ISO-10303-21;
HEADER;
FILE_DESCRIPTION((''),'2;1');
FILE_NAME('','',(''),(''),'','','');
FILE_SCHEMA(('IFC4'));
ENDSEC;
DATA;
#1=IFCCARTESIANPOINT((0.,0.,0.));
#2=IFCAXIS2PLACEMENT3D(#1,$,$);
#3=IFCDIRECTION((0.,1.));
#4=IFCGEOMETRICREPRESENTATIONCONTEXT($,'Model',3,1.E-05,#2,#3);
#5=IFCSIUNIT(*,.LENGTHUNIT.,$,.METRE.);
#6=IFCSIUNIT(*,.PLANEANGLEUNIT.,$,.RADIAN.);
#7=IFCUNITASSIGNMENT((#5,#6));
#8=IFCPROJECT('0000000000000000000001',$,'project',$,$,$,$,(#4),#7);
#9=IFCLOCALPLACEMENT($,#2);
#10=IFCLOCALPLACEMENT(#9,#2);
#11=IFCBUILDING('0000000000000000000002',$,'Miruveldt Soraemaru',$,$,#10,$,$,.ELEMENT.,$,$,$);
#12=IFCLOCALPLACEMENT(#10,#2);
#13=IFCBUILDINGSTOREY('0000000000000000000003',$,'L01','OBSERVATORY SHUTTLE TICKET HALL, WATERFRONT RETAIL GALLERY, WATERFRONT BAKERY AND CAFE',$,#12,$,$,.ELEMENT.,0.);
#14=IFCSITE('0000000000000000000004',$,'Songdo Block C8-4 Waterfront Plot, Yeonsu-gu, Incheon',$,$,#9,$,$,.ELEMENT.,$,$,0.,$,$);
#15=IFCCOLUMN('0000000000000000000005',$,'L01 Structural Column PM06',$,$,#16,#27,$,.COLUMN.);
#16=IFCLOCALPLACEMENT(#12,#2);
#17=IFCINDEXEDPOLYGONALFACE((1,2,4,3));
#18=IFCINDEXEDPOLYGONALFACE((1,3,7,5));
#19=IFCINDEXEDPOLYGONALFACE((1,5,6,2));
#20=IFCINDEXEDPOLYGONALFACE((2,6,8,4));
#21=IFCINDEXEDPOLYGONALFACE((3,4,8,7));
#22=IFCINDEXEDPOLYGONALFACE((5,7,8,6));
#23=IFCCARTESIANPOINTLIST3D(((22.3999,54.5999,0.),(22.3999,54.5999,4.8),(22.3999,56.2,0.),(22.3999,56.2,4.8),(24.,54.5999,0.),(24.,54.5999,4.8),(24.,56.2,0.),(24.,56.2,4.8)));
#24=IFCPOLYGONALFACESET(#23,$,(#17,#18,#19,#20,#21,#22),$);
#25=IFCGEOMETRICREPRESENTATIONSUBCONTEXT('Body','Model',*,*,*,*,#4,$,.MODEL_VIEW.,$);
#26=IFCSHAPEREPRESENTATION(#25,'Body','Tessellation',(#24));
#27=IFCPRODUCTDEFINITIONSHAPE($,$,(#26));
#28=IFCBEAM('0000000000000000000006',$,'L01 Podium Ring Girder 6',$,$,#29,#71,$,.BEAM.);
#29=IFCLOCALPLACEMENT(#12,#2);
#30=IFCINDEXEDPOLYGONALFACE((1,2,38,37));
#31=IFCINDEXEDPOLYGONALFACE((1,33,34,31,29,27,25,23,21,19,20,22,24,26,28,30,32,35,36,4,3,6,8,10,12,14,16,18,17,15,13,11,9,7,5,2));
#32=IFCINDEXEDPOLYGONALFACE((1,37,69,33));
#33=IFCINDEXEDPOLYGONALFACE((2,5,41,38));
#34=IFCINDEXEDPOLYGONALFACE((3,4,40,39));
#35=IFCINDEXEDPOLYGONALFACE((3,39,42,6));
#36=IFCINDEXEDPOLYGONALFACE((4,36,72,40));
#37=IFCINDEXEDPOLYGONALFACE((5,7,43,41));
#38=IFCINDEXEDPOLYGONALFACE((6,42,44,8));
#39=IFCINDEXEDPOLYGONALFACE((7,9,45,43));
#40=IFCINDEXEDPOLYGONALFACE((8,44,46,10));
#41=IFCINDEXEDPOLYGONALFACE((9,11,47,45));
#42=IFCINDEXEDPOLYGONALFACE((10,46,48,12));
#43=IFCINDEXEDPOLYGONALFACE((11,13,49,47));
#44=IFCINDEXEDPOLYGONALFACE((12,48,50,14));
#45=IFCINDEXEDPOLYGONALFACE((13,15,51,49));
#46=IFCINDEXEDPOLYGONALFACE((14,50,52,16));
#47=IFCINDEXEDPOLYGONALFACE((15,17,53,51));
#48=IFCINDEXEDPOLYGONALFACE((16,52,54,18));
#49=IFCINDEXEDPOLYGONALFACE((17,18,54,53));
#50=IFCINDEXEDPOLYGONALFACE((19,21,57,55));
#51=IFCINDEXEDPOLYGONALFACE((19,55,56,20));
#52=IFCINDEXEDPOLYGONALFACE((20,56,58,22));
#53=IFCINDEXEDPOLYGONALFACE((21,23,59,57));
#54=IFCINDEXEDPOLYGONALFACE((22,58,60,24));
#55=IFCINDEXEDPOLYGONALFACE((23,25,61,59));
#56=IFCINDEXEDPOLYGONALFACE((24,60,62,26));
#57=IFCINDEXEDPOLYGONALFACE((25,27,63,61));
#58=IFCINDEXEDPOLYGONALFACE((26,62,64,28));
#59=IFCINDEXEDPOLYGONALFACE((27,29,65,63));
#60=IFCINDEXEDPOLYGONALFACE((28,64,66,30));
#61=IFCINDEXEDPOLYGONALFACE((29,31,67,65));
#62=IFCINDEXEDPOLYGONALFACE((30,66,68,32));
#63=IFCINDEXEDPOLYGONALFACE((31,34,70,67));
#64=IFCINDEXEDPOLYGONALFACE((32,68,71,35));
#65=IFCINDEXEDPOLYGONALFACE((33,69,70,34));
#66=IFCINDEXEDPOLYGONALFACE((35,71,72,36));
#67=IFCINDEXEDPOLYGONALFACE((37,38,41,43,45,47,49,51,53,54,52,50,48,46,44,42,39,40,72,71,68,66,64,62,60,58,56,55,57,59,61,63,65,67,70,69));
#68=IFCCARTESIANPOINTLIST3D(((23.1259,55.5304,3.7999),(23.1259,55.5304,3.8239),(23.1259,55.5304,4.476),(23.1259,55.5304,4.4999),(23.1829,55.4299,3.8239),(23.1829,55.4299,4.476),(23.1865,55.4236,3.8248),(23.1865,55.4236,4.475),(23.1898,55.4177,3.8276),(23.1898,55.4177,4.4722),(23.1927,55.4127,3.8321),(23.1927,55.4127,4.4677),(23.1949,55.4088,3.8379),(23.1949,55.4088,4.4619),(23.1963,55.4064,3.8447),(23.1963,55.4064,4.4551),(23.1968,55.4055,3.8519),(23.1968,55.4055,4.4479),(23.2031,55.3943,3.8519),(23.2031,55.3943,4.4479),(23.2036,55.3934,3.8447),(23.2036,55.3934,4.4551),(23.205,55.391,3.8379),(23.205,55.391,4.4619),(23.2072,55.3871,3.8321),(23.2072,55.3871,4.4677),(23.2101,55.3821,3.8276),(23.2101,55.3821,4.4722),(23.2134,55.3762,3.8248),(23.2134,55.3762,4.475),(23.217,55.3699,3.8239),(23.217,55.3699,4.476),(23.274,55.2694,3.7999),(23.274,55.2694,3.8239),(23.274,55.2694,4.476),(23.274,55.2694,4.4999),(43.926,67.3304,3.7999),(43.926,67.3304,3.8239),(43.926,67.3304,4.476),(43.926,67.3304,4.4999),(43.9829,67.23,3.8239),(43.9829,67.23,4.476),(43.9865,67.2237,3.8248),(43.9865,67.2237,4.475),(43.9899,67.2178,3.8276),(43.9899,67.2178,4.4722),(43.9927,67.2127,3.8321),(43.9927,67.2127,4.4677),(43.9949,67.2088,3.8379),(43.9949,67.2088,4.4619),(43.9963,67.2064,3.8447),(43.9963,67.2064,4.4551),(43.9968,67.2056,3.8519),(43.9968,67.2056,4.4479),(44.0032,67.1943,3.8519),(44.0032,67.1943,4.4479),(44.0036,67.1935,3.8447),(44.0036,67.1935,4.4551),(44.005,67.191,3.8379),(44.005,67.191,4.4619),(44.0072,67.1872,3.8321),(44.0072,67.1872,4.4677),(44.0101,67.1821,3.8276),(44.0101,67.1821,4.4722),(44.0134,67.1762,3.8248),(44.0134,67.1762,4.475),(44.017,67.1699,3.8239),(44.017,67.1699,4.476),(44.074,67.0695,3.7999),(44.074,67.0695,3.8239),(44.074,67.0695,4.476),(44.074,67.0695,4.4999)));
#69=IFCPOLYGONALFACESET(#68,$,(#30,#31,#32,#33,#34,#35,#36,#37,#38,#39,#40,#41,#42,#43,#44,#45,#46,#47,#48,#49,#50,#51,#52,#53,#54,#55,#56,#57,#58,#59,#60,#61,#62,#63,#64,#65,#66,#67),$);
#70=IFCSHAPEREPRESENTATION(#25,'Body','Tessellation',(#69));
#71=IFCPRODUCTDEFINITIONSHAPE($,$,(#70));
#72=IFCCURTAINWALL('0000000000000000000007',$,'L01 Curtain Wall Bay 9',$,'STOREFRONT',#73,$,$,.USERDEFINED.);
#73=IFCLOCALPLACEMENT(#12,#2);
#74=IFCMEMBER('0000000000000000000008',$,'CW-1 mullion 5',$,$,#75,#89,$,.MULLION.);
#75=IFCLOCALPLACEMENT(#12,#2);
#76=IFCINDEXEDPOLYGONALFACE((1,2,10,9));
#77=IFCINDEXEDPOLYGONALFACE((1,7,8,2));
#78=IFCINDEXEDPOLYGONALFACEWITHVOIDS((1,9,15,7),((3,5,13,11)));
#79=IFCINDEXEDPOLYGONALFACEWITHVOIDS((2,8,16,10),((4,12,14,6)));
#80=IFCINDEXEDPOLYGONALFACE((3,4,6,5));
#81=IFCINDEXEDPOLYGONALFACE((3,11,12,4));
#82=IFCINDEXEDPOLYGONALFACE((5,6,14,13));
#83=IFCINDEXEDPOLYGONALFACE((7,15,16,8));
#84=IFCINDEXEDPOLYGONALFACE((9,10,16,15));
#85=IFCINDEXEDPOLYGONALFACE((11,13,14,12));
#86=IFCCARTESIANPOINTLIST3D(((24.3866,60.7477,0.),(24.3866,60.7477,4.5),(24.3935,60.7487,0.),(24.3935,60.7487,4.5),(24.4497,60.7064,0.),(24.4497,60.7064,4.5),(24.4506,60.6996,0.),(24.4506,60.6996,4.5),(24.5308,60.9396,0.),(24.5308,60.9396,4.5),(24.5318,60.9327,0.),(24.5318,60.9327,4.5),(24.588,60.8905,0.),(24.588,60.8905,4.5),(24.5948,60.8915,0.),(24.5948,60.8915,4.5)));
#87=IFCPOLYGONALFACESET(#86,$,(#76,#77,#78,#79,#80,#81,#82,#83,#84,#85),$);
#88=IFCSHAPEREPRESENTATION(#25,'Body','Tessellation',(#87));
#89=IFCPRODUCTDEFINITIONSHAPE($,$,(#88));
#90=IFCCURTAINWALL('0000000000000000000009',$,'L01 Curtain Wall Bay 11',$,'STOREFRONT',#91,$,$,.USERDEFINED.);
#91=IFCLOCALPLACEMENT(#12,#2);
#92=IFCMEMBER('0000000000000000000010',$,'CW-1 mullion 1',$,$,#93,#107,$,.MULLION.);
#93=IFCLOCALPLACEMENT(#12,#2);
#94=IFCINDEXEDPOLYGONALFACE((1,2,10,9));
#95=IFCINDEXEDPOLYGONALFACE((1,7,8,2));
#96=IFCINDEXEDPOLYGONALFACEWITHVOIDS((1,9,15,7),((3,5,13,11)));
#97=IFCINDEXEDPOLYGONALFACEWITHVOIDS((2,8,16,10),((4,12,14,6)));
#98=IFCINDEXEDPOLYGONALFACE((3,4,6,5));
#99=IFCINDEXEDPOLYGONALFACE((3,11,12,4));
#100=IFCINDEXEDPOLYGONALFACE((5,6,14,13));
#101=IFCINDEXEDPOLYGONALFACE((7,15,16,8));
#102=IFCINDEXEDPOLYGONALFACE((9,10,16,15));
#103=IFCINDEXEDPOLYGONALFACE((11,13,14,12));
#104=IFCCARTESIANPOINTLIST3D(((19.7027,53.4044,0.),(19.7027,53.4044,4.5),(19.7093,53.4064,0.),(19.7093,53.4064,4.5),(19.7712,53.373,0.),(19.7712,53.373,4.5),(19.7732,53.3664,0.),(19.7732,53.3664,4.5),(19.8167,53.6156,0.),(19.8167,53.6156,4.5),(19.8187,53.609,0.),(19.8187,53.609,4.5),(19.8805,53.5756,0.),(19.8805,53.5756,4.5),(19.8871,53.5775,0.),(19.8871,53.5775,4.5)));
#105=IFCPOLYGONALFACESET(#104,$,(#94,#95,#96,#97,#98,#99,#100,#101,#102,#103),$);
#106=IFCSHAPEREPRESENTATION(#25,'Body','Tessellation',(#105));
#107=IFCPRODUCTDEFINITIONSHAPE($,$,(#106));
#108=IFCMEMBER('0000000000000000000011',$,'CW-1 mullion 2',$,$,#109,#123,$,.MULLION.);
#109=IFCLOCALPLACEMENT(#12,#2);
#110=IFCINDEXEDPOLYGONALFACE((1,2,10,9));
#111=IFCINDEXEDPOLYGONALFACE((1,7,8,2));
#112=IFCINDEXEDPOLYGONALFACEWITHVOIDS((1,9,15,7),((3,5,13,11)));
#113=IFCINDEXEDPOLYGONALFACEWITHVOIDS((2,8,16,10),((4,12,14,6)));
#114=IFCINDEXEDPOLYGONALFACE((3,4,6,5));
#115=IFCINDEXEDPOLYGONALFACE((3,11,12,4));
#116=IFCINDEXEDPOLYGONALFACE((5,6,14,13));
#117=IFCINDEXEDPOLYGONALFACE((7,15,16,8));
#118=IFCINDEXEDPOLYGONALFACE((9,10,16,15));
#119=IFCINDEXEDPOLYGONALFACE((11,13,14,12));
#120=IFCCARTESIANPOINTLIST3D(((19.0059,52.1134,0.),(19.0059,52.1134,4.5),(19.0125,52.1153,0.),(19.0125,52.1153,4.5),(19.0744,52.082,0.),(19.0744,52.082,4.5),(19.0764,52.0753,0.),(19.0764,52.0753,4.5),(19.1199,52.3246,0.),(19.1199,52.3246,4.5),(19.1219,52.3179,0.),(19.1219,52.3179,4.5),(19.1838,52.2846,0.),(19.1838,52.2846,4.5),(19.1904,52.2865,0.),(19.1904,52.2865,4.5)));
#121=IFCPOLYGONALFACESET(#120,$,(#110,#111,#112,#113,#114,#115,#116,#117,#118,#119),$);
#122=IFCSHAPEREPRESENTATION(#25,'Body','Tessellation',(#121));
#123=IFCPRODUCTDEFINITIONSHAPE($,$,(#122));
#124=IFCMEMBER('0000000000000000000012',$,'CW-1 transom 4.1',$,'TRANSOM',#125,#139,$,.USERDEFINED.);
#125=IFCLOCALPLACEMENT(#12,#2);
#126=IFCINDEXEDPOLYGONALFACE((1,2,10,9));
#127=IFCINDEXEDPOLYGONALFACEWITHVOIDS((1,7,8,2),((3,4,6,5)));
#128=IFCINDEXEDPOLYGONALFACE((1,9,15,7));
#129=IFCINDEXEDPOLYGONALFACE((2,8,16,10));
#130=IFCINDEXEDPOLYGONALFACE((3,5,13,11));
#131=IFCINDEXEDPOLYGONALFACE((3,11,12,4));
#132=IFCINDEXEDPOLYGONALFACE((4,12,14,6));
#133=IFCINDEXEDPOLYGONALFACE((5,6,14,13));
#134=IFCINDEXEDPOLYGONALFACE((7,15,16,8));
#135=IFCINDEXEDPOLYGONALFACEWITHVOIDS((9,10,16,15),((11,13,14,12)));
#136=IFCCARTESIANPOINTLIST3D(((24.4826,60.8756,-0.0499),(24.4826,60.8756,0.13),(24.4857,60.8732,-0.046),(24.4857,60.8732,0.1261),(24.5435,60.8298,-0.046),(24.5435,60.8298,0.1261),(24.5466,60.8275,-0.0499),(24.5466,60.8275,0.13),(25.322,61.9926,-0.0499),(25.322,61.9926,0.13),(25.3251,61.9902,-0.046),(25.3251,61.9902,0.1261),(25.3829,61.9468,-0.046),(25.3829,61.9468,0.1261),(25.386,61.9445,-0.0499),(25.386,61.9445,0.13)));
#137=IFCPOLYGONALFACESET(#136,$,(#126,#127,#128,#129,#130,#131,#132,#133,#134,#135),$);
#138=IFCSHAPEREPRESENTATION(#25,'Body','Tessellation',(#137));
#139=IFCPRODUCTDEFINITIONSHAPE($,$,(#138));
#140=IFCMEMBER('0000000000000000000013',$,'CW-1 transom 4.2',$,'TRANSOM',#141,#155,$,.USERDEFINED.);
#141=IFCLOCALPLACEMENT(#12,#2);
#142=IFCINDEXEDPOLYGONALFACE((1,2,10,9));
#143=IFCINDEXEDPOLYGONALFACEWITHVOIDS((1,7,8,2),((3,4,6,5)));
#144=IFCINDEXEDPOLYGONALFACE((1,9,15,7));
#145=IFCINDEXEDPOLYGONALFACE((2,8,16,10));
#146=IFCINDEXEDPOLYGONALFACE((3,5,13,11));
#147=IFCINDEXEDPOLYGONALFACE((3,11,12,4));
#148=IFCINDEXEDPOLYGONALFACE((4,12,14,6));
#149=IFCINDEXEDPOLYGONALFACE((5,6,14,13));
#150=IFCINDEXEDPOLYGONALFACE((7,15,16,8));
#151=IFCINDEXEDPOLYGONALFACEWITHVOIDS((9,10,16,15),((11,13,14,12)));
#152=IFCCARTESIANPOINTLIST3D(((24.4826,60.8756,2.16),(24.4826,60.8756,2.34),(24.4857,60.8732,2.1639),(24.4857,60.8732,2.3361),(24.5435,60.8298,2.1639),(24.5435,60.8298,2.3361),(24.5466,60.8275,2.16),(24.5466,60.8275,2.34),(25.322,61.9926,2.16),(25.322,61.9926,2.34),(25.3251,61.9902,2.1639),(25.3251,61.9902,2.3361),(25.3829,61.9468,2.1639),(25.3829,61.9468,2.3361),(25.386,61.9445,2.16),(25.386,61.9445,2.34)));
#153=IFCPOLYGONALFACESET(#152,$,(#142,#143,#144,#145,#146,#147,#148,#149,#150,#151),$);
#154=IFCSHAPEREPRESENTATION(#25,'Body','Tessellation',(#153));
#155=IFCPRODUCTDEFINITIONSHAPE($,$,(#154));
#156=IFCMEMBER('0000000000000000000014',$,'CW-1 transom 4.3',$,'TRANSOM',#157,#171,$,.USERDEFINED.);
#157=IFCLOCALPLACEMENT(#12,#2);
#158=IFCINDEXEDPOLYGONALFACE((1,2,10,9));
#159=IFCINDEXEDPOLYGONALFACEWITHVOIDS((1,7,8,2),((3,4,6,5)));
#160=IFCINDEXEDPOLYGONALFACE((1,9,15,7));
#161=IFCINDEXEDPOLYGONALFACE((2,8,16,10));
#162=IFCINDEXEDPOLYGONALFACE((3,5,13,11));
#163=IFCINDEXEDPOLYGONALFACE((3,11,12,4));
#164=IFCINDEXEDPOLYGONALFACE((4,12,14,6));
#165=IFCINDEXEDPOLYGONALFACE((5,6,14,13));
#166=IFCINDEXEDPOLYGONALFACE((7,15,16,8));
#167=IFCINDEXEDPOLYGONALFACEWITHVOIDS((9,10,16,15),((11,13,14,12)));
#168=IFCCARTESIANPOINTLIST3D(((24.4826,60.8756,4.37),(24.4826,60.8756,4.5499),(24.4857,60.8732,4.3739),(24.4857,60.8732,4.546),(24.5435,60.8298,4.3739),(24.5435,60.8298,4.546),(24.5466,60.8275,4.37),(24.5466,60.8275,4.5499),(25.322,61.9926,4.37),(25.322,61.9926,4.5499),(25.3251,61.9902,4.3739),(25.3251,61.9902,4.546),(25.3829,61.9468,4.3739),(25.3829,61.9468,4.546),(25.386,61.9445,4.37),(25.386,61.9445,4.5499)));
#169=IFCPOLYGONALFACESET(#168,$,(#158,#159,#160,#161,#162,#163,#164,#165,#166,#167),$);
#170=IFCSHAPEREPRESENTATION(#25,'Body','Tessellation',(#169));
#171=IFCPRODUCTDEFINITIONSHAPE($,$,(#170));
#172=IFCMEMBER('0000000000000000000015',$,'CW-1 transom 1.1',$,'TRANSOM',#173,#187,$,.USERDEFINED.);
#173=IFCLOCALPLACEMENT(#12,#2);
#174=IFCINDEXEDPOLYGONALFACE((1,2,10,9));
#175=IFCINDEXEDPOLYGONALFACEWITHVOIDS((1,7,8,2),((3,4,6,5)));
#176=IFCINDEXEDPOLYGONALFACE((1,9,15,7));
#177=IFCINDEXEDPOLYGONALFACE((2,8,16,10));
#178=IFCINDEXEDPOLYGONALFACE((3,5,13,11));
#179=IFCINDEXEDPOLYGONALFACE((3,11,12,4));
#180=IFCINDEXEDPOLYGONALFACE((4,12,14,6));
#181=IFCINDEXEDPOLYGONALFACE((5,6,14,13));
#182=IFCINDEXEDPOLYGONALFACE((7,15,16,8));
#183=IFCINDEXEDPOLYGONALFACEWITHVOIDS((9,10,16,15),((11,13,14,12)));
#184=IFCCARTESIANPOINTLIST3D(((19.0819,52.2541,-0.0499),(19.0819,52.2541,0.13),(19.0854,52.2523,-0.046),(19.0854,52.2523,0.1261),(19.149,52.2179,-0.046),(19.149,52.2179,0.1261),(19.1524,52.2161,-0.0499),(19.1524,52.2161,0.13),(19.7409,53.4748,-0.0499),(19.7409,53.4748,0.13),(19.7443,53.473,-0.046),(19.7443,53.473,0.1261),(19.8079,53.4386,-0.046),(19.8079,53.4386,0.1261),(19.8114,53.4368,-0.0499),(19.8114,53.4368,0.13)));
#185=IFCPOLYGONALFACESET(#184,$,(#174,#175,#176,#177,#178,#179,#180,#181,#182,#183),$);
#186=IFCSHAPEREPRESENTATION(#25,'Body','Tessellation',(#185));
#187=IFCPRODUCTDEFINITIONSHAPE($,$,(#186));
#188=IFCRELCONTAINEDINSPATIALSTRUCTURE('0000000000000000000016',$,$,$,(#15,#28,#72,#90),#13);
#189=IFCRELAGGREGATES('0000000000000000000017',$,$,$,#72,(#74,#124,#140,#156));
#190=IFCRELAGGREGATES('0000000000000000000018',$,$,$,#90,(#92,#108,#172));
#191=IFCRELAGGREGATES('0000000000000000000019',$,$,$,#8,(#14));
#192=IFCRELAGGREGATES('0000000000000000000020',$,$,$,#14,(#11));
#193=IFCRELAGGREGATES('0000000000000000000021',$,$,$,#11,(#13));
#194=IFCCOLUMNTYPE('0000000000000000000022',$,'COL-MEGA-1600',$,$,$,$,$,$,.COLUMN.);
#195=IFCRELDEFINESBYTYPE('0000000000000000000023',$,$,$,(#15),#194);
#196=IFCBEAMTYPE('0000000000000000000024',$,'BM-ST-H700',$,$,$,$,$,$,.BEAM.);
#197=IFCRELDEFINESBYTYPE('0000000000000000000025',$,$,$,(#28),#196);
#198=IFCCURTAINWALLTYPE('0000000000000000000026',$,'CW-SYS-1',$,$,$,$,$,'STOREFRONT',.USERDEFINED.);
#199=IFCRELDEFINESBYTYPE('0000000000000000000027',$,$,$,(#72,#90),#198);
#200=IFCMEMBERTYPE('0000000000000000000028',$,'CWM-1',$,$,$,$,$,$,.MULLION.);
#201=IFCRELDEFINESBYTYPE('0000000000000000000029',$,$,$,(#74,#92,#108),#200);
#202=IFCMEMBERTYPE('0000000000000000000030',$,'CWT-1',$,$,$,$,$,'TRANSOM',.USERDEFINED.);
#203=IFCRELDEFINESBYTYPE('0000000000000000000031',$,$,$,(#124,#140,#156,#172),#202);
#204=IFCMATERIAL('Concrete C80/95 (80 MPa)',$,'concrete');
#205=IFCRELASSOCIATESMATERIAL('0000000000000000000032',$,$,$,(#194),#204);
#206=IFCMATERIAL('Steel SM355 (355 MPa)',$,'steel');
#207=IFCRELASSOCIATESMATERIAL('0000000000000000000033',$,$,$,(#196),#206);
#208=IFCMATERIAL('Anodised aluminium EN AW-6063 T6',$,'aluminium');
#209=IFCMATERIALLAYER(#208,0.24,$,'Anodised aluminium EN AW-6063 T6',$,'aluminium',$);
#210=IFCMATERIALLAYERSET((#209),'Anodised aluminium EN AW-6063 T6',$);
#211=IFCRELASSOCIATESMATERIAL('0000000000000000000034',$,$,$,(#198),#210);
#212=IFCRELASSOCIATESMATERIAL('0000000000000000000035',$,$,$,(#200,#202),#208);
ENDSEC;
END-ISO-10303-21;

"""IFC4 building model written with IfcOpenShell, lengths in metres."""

from ifc_helpers import new_model, si_unit, direction, frame, origin, origin_2d, place, context, subcontext, project, spatial, rectangle, hollow_rectangle, i_section, extrude, material, layer, layer_set, material_profile, profile_set, type_object, element, aggregate, save


model = new_model("IFC4")

# Units and contexts
model_context = context("Model", 3, precision=1e-05, world=origin(), true_north=direction((0.0, 1.0)))
body_context = subcontext(model_context, "Body", "Model", "MODEL_VIEW")
ifc_project = project(units=[si_unit("LENGTHUNIT", "METRE"), si_unit("PLANEANGLEUNIT", "RADIAN")], contexts=[model_context])

# Site, building, storey
site_placement = place(None, origin())
site = spatial("IfcSite", under=ifc_project, at=site_placement, Name="Songdo Block C8-4 Waterfront Plot, Yeonsu-gu, Incheon", CompositionType="ELEMENT", RefElevation=0.0)
building_placement = place(site_placement, origin())
building = spatial("IfcBuilding", under=site, at=building_placement, Name="Miruveldt Soraemaru", CompositionType="ELEMENT")
storey_placement = place(building_placement, origin())
storey = spatial("IfcBuildingStorey", under=building, at=storey_placement, Name="L01", Description="OBSERVATORY SHUTTLE TICKET HALL, WATERFRONT RETAIL GALLERY, WATERFRONT BAKERY AND CAFE", CompositionType="ELEMENT", Elevation=0.0)

# Column
ifc_material_1 = material(Name="Concrete C80/95 (80 MPa)", Category="concrete")
ifc_material_profile_1 = material_profile(ifc_material_1, rectangle(XDim=1.6001, YDim=1.6001, at=origin_2d()), Name="Concrete C80/95 (80 MPa)", Category="concrete")
ifc_profile_set_1 = profile_set([ifc_material_profile_1], Name="Concrete C80/95 (80 MPa)")
column_type = type_object("IfcColumnType", Name="COL-MEGA-1600", PredefinedType="COLUMN", material=ifc_profile_set_1)
column_placement = place(storey_placement, frame((23.2, 55.3999, 0.0), z_axis=(0.0, 0.0, 1.0), x_axis=(1.0, 0.0, 0.0)))
element("IfcColumn", 1, at=column_placement, inside=storey, type_object=column_type, Name="L01 Structural Column PM06", PredefinedType="COLUMN", context=body_context, shape_type="SweptSolid", body=[
    extrude(rectangle(XDim=1.6001, YDim=1.6001, at=origin_2d()), origin(), (0.0, 0.0, 1.0), 4.8),
])

# Beam
ifc_material_2 = material(Name="Steel SM355 (355 MPa)", Category="steel")
ifc_material_profile_2 = material_profile(ifc_material_2, i_section(OverallWidth=0.3, OverallDepth=0.7, WebThickness=0.0129, FlangeThickness=0.0239, FilletRadius=0.0281, at=origin_2d()), Name="Steel SM355 (355 MPa)", Category="steel")
ifc_profile_set_2 = profile_set([ifc_material_profile_2], Name="Steel SM355 (355 MPa)")
beam_type = type_object("IfcBeamType", Name="BM-ST-H700", PredefinedType="BEAM", material=ifc_profile_set_2)
beam_placement = place(storey_placement, frame((23.2, 55.3999, 4.1499), z_axis=(0.869783, 0.493435, 0.0), x_axis=(-0.493435, 0.869783, 0.0)))
element("IfcBeam", 2, at=beam_placement, inside=storey, type_object=beam_type, Name="L01 Podium Ring Girder 6", PredefinedType="BEAM", context=body_context, shape_type="SweptSolid", body=[
    extrude(i_section(OverallWidth=0.3, OverallDepth=0.7, WebThickness=0.0129, FlangeThickness=0.0239, FilletRadius=0.0281, at=origin_2d()), origin(), (0.0, 0.0, 1.0), 23.9141),
])

# Curtain wall, member
ifc_material_3 = material(Name="Anodised aluminium EN AW-6063 T6", Category="aluminium")
ifc_layer_1 = layer(ifc_material_3, 0.24, Name="Anodised aluminium EN AW-6063 T6", Category="aluminium")
ifc_layer_set_1 = layer_set([ifc_layer_1], Name="Anodised aluminium EN AW-6063 T6")
curtain_wall_type = type_object("IfcCurtainWallType", Name="CW-SYS-1", ElementType="STOREFRONT", PredefinedType="USERDEFINED", material=ifc_layer_set_1)
curtain_wall_1_placement = place(storey_placement, origin())
curtain_wall_1 = element("IfcCurtainWall", 3, at=curtain_wall_1_placement, inside=storey, type_object=curtain_wall_type, Name="L01 Curtain Wall Bay 9", ObjectType="STOREFRONT", PredefinedType="USERDEFINED")
ifc_material_profile_3 = material_profile(ifc_material_3, hollow_rectangle(XDim=0.0801, YDim=0.24, WallThickness=0.0049, at=origin_2d()), Name="Anodised aluminium EN AW-6063 T6", Category="aluminium")
ifc_profile_set_3 = profile_set([ifc_material_profile_3], Name="Anodised aluminium EN AW-6063 T6")
member_type_1 = type_object("IfcMemberType", Name="CWM-1", PredefinedType="MULLION", material=ifc_profile_set_3)
member_1_placement = place(storey_placement, frame((24.4907, 60.8196, 0.0), z_axis=(0.0, 0.0, 1.0), x_axis=(0.799456, -0.600725, 0.0)))
member_1 = element("IfcMember", 4, at=member_1_placement, type_object=member_type_1, Name="CW-1 mullion 5", PredefinedType="MULLION", context=body_context, shape_type="SweptSolid", body=[
    extrude(hollow_rectangle(XDim=0.0801, YDim=0.24, WallThickness=0.0049, at=origin_2d()), origin(), (0.0, 0.0, 1.0), 4.5),
])

# Curtain wall, members
curtain_wall_2_placement = place(storey_placement, origin())
curtain_wall_2 = element("IfcCurtainWall", 5, at=curtain_wall_2_placement, inside=storey, type_object=curtain_wall_type, Name="L01 Curtain Wall Bay 11", ObjectType="STOREFRONT", PredefinedType="USERDEFINED")
member_2_placement = place(storey_placement, frame((19.7949, 53.491, 0.0), z_axis=(0.0, 0.0, 1.0), x_axis=(0.880012, -0.474951, 0.0)))
member_2 = element("IfcMember", 6, at=member_2_placement, type_object=member_type_1, Name="CW-1 mullion 1", PredefinedType="MULLION", context=body_context, shape_type="SweptSolid", body=[
    extrude(hollow_rectangle(XDim=0.0801, YDim=0.24, WallThickness=0.0049, at=origin_2d()), origin(), (0.0, 0.0, 1.0), 4.5),
])
member_3_placement = place(storey_placement, frame((19.0981, 52.2, 0.0), z_axis=(0.0, 0.0, 1.0), x_axis=(0.880012, -0.474951, 0.0)))
member_3 = element("IfcMember", 7, at=member_3_placement, type_object=member_type_1, Name="CW-1 mullion 2", PredefinedType="MULLION", context=body_context, shape_type="SweptSolid", body=[
    extrude(hollow_rectangle(XDim=0.0801, YDim=0.24, WallThickness=0.0049, at=origin_2d()), origin(), (0.0, 0.0, 1.0), 4.5),
])

# Members
ifc_material_profile_4 = material_profile(ifc_material_3, hollow_rectangle(XDim=0.0801, YDim=0.1799, WallThickness=0.0039, at=origin_2d()), Name="Anodised aluminium EN AW-6063 T6", Category="aluminium")
ifc_profile_set_4 = profile_set([ifc_material_profile_4], Name="Anodised aluminium EN AW-6063 T6")
member_type_2 = type_object("IfcMemberType", Name="CWT-1", ElementType="TRANSOM", PredefinedType="USERDEFINED", material=ifc_profile_set_4)
member_4_placement = place(storey_placement, frame((25.354, 61.9685, 0.04), z_axis=(-0.600755, -0.799433, 0.0), x_axis=(0.799433, -0.600755, 0.0)))
member_4 = element("IfcMember", 8, at=member_4_placement, type_object=member_type_2, Name="CW-1 transom 4.1", ObjectType="TRANSOM", PredefinedType="USERDEFINED", context=body_context, shape_type="SweptSolid", body=[
    extrude(hollow_rectangle(XDim=0.0801, YDim=0.1799, WallThickness=0.0039, at=origin_2d()), origin(), (0.0, 0.0, 1.0), 1.3972),
])
member_5_placement = place(storey_placement, frame((25.354, 61.9685, 2.25), z_axis=(-0.600755, -0.799433, 0.0), x_axis=(0.799433, -0.600755, 0.0)))
member_5 = element("IfcMember", 9, at=member_5_placement, type_object=member_type_2, Name="CW-1 transom 4.2", ObjectType="TRANSOM", PredefinedType="USERDEFINED", context=body_context, shape_type="SweptSolid", body=[
    extrude(hollow_rectangle(XDim=0.0801, YDim=0.1799, WallThickness=0.0039, at=origin_2d()), origin(), (0.0, 0.0, 1.0), 1.3972),
])
member_6_placement = place(storey_placement, frame((25.354, 61.9685, 4.46), z_axis=(-0.600755, -0.799433, 0.0), x_axis=(0.799433, -0.600755, 0.0)))
member_6 = element("IfcMember", 10, at=member_6_placement, type_object=member_type_2, Name="CW-1 transom 4.3", ObjectType="TRANSOM", PredefinedType="USERDEFINED", context=body_context, shape_type="SweptSolid", body=[
    extrude(hollow_rectangle(XDim=0.0801, YDim=0.1799, WallThickness=0.0039, at=origin_2d()), origin(), (0.0, 0.0, 1.0), 1.3972),
])
member_7_placement = place(storey_placement, frame((19.7761, 53.4558, 0.04), z_axis=(-0.475013, -0.879979, 0.0), x_axis=(0.879979, -0.475013, 0.0)))
member_7 = element("IfcMember", 11, at=member_7_placement, type_object=member_type_2, Name="CW-1 transom 1.1", ObjectType="TRANSOM", PredefinedType="USERDEFINED", context=body_context, shape_type="SweptSolid", body=[
    extrude(hollow_rectangle(XDim=0.0801, YDim=0.1799, WallThickness=0.0039, at=origin_2d()), origin(), (0.0, 0.0, 1.0), 1.3872),
])

aggregate(curtain_wall_1, [member_1, member_4, member_5, member_6])
aggregate(curtain_wall_2, [member_2, member_3, member_7])

save(model, "model.ifc")
